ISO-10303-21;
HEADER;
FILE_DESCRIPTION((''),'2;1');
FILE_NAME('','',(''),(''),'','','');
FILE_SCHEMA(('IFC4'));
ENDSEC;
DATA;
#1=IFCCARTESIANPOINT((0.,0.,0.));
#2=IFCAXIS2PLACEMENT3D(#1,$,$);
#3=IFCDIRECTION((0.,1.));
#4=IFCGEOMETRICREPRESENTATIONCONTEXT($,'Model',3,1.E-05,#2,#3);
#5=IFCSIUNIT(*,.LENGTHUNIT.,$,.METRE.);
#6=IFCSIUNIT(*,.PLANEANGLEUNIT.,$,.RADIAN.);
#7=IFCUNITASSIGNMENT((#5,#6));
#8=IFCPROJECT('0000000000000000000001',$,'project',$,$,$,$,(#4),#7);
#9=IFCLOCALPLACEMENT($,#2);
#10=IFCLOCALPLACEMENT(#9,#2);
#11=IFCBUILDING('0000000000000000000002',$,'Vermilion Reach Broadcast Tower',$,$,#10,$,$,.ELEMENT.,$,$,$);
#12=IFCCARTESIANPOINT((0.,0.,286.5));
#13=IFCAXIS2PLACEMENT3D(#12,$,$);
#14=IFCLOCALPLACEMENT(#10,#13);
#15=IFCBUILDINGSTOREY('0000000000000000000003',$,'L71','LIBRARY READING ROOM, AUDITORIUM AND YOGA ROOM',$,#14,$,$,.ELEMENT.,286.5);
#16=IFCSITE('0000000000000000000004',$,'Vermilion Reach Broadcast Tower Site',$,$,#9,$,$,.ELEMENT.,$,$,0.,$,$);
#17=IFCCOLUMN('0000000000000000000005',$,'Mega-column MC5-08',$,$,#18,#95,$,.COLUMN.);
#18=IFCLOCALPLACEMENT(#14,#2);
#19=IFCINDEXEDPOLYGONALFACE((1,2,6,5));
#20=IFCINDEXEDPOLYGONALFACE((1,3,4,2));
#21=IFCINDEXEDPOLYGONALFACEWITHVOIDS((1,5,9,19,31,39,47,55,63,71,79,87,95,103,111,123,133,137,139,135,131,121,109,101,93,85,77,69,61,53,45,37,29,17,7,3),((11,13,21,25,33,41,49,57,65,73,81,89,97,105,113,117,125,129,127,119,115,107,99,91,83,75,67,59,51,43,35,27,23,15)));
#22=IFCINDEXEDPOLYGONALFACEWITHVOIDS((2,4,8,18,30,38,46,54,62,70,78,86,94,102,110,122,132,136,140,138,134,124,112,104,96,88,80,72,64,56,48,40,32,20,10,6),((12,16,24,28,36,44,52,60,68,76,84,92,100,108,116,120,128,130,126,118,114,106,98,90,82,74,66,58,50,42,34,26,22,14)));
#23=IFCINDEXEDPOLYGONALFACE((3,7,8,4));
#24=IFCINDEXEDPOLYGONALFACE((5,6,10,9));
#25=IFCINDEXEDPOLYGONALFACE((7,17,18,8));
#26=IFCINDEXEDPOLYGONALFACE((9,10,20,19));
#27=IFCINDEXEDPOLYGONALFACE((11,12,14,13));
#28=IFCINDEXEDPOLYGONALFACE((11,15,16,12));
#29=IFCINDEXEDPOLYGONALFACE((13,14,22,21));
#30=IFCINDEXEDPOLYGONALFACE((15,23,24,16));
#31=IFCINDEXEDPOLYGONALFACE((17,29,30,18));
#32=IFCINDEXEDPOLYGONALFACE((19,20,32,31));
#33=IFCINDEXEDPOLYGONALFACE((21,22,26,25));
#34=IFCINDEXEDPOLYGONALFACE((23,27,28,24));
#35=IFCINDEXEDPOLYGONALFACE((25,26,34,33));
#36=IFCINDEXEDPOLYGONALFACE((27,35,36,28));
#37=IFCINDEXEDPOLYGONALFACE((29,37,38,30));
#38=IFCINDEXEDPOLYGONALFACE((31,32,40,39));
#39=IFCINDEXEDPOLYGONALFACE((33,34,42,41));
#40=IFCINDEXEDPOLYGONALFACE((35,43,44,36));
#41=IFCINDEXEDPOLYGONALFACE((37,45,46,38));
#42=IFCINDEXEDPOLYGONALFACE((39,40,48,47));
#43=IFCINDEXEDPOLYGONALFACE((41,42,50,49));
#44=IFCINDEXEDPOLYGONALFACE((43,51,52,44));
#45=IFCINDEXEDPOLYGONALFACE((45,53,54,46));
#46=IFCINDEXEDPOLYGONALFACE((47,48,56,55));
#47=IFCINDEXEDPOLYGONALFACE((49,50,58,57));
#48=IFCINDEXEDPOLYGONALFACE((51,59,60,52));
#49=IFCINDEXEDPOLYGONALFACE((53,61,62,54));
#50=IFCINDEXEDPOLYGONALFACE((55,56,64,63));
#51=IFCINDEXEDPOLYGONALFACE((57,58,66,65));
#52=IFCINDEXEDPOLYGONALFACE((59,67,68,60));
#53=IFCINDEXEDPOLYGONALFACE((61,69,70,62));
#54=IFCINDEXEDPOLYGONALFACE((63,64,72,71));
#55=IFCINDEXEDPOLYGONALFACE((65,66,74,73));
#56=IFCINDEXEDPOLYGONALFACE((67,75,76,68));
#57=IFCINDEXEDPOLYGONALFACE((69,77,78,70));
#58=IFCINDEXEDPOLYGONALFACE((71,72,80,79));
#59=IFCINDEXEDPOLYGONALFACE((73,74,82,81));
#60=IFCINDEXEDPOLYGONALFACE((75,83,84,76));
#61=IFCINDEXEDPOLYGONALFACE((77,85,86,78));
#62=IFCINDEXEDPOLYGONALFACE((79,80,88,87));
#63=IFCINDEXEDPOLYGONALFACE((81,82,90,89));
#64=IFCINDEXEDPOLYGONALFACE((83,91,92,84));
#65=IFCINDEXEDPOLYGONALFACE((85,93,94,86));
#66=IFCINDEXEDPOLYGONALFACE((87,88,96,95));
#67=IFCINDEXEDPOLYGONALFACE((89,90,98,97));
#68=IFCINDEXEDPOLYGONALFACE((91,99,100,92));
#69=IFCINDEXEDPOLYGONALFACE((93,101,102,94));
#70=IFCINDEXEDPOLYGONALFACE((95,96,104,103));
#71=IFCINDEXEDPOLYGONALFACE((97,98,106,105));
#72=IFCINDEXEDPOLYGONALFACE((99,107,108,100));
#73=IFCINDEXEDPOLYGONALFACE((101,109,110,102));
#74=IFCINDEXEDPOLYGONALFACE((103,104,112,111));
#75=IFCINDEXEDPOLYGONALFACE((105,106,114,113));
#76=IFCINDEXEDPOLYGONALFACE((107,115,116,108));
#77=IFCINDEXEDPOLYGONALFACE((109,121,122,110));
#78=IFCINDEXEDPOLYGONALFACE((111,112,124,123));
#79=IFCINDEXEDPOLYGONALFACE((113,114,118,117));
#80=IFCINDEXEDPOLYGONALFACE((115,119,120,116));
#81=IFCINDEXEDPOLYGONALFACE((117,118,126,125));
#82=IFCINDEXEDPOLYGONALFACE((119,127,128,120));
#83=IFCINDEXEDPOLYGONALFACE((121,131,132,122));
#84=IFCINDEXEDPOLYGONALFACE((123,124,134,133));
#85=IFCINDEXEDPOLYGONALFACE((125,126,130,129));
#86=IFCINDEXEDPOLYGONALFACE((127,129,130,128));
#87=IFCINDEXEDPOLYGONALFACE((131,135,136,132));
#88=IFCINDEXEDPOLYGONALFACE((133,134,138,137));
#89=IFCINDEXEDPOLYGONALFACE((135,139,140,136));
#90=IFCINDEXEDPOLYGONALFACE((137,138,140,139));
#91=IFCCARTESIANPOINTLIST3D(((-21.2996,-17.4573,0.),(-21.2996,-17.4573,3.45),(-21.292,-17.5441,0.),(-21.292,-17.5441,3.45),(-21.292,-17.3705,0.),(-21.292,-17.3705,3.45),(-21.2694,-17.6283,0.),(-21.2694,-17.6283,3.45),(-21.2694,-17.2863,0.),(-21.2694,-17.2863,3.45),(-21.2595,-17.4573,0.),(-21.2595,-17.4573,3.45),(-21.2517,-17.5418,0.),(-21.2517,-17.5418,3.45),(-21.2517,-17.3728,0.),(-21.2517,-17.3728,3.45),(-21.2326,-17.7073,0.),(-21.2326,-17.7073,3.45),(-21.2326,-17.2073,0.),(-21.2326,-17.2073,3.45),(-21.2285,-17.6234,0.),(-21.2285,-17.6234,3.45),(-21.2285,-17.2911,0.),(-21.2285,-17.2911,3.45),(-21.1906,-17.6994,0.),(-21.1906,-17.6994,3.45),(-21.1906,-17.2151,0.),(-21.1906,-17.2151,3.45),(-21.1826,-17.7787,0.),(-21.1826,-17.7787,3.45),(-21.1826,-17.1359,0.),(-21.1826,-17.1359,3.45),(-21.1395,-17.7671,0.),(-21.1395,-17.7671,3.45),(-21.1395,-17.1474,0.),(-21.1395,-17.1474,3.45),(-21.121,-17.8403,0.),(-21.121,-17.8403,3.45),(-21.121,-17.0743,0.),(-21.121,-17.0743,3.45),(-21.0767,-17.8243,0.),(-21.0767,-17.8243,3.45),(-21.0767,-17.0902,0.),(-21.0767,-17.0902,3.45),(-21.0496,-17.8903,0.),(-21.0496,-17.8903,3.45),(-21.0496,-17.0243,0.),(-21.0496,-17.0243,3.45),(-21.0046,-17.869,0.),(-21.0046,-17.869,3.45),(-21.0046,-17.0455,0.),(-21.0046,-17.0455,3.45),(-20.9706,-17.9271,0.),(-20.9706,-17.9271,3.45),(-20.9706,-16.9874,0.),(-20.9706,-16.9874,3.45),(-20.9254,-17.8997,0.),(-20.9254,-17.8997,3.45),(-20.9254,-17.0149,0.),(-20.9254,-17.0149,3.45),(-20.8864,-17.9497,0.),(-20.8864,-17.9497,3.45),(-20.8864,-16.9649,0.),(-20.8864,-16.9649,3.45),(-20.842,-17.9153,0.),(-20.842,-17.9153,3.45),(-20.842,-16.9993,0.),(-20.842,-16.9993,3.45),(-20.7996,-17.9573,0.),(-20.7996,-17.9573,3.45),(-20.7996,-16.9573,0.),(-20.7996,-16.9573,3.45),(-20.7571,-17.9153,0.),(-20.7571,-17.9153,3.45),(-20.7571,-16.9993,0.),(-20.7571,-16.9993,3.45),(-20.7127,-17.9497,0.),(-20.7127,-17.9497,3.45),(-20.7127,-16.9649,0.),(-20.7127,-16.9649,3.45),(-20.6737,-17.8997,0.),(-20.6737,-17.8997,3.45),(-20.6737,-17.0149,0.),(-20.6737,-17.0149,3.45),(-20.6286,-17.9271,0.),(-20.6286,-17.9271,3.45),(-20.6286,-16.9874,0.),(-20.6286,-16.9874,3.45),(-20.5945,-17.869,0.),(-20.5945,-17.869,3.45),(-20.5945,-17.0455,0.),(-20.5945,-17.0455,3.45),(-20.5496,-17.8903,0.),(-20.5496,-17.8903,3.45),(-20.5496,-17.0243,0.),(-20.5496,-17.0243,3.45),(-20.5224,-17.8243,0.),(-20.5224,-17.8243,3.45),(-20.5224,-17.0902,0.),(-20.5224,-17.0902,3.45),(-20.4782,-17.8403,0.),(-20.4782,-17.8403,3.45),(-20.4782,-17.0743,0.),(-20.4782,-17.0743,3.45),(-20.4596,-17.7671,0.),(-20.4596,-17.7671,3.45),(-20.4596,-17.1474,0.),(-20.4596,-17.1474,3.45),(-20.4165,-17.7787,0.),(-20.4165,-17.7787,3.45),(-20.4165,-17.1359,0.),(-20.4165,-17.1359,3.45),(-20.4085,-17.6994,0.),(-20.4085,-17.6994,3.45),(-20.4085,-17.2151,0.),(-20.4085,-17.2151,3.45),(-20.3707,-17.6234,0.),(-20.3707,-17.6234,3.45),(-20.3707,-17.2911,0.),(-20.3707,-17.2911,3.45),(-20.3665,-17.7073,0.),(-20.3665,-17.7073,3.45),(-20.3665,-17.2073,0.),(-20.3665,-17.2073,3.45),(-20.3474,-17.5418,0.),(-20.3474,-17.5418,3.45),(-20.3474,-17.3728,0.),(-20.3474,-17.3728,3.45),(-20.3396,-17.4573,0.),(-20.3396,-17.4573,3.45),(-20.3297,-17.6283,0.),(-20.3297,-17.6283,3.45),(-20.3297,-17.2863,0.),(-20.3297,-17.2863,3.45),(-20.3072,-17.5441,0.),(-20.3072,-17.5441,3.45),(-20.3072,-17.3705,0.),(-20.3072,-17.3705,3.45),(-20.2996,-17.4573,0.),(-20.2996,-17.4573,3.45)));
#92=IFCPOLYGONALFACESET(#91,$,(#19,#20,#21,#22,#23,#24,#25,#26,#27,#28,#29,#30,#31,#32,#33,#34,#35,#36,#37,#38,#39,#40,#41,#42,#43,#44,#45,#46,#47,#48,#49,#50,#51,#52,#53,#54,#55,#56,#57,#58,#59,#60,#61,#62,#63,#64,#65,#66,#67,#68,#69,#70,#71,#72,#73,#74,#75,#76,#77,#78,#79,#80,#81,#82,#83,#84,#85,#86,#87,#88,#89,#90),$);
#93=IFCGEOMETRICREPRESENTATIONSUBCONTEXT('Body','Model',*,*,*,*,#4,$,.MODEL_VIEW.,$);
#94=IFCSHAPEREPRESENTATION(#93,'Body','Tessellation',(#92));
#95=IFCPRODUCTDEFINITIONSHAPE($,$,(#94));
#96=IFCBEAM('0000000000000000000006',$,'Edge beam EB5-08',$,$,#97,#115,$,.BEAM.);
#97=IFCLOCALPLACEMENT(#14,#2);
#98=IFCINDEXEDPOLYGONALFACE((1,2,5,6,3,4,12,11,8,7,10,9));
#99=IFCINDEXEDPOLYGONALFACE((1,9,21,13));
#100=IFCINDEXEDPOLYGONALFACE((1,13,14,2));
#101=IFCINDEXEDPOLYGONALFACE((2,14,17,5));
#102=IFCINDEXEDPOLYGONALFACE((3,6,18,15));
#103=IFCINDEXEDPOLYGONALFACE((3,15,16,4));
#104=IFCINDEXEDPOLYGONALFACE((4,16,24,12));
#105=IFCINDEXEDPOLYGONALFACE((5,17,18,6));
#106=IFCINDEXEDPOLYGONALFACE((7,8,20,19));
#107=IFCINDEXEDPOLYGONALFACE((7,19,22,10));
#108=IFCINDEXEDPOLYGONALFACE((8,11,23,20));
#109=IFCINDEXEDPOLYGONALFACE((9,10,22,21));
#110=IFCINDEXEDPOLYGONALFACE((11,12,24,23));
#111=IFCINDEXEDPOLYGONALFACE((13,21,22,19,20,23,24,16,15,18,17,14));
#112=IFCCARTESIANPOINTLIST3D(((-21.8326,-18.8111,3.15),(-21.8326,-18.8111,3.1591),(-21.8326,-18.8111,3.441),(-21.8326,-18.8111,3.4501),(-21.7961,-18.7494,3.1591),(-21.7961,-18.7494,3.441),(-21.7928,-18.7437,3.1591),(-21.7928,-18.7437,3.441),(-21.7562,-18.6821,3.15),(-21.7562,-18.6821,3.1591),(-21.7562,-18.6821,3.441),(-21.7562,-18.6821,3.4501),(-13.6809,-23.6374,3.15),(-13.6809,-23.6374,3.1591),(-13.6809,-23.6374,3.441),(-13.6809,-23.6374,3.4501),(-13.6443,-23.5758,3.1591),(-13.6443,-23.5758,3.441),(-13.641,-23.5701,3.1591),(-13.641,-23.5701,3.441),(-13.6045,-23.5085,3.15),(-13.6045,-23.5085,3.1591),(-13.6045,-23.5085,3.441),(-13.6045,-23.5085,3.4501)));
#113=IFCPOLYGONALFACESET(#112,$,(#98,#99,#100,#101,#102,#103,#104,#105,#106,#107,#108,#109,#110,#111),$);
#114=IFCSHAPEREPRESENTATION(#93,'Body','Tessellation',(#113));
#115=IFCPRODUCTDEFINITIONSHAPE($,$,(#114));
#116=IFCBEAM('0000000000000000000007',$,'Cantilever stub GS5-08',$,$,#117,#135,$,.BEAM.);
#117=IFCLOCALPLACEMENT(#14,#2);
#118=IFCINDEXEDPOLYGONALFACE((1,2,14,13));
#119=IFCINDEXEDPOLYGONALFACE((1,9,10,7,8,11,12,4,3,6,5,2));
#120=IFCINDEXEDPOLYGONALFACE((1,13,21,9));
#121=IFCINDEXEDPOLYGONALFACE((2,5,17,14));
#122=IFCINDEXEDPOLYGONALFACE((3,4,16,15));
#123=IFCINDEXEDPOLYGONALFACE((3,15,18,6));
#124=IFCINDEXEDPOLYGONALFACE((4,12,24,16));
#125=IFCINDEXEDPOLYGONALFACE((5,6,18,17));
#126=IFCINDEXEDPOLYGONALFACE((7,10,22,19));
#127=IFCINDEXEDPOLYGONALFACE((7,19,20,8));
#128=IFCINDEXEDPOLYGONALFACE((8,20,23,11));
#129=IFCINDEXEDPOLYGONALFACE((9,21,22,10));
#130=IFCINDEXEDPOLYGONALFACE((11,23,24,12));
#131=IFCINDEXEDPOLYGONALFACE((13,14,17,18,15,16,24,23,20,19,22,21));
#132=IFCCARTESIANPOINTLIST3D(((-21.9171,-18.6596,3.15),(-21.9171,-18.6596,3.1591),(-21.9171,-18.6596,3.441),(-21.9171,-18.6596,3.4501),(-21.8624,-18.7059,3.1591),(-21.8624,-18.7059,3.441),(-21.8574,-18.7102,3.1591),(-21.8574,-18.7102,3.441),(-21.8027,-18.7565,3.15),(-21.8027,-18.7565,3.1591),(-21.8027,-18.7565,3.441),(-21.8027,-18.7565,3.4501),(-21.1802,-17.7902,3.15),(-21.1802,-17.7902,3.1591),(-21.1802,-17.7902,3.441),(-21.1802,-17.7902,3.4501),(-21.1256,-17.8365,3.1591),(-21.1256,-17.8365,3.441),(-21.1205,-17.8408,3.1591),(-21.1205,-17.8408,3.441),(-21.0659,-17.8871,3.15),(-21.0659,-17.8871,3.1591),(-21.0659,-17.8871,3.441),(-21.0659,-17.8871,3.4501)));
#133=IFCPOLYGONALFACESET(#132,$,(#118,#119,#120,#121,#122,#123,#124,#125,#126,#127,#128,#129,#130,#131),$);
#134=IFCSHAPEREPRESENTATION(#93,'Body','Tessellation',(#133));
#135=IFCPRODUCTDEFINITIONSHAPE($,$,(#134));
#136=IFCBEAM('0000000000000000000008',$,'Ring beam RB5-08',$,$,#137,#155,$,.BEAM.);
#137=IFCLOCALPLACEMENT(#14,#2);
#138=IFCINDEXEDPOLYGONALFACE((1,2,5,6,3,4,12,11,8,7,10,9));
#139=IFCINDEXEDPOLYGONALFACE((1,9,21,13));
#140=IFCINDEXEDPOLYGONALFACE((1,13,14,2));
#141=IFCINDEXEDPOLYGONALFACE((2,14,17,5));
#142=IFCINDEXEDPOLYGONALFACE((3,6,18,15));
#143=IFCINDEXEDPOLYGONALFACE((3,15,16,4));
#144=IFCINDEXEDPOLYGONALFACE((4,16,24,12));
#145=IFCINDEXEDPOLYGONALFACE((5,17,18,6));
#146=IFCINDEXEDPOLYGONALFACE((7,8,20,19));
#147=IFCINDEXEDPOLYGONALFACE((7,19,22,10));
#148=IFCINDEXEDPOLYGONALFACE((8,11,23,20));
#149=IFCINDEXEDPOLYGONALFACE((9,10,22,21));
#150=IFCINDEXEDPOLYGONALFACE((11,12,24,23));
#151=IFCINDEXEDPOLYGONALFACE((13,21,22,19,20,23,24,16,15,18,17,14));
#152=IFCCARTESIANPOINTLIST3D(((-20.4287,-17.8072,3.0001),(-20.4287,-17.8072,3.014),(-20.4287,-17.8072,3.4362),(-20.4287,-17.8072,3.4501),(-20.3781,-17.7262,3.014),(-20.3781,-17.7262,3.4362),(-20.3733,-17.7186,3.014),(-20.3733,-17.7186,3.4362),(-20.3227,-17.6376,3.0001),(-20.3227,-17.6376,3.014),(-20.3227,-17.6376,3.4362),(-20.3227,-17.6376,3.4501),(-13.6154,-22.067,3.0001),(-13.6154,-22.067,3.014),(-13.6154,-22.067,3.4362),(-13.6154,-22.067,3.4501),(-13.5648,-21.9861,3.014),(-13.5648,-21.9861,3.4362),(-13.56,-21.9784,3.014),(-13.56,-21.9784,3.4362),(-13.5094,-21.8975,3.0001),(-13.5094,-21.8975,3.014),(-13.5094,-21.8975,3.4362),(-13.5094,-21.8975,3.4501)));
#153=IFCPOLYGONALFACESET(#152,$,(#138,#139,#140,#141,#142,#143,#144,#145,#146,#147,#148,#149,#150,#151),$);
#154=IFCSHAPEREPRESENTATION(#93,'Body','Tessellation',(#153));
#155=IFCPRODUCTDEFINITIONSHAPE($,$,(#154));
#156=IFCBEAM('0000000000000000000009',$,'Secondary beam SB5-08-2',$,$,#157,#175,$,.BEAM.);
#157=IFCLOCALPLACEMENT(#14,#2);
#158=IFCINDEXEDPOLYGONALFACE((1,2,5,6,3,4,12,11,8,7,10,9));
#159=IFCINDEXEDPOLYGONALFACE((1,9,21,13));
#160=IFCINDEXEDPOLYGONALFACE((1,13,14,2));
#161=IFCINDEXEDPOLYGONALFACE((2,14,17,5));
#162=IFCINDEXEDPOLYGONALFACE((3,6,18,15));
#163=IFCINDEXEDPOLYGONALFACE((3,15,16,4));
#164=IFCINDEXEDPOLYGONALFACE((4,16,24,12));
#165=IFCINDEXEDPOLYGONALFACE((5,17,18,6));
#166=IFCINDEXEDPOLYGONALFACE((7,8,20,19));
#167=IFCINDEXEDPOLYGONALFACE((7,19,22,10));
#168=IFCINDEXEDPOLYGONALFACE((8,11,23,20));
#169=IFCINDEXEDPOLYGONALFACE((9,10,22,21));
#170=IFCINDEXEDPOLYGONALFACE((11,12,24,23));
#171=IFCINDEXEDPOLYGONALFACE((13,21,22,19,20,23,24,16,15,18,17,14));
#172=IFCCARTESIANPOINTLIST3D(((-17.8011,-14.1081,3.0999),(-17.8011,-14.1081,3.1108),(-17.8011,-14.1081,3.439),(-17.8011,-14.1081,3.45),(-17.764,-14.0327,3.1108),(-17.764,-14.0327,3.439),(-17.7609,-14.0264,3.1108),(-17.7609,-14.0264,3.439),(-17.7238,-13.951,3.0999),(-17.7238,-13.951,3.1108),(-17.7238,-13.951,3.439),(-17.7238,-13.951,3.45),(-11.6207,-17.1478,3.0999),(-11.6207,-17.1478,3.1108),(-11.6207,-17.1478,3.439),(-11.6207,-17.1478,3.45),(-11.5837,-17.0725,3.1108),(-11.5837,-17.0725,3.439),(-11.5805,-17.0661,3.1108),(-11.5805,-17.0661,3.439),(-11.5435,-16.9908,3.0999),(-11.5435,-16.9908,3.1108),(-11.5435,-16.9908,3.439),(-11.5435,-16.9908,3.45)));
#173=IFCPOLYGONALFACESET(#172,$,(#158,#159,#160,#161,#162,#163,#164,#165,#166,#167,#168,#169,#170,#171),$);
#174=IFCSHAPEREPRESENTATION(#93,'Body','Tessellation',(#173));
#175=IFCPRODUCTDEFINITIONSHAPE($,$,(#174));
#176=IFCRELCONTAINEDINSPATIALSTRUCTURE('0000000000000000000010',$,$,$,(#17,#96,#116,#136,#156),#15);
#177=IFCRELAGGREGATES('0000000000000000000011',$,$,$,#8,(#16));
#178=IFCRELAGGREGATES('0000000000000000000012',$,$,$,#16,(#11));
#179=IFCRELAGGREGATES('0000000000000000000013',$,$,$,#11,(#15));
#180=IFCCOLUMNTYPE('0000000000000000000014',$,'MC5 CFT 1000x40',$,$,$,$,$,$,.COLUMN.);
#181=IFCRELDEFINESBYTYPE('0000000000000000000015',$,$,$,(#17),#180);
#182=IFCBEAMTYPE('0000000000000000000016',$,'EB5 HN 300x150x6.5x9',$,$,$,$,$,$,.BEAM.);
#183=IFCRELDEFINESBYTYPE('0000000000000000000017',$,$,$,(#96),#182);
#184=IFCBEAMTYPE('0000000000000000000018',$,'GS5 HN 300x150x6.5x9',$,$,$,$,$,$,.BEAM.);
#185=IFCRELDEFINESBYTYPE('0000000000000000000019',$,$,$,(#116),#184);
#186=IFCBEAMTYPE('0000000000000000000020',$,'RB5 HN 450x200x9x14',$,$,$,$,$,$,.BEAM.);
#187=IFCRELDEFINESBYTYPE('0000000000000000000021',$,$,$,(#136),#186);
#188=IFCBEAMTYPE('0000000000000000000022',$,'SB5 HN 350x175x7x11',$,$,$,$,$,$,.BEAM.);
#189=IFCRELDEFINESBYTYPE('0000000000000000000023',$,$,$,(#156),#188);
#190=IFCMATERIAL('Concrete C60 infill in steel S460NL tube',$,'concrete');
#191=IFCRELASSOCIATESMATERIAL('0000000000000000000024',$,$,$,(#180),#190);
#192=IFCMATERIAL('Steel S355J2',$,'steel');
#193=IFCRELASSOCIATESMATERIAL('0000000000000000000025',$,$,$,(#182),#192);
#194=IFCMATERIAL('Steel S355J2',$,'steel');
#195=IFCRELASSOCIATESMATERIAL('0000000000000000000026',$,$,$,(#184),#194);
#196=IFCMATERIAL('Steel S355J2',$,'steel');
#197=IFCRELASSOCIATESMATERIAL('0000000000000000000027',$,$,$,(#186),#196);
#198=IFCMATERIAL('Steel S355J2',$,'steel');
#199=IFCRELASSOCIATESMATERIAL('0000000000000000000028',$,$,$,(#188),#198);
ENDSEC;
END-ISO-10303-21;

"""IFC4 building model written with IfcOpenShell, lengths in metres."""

from ifc_helpers import new_model, si_unit, direction, frame, origin, origin_2d, place, context, subcontext, project, spatial, hollow_circle, i_section, extrude, material, material_profile, profile_set, type_object, element, save


model = new_model("IFC4")

# Units and contexts
model_context = context("Model", 3, precision=1e-05, world=origin(), true_north=direction((0.0, 1.0)))
body_context = subcontext(model_context, "Body", "Model", "MODEL_VIEW")
ifc_project = project(units=[si_unit("LENGTHUNIT", "METRE"), si_unit("PLANEANGLEUNIT", "RADIAN")], contexts=[model_context])

# Site, building, storey
site_placement = place(None, origin())
site = spatial("IfcSite", under=ifc_project, at=site_placement, Name="Vermilion Reach Broadcast Tower Site", CompositionType="ELEMENT", RefElevation=0.0)
building_placement = place(site_placement, origin())
building = spatial("IfcBuilding", under=site, at=building_placement, Name="Vermilion Reach Broadcast Tower", CompositionType="ELEMENT")
storey_placement = place(building_placement, frame((0.0, 0.0, 286.5)))
storey = spatial("IfcBuildingStorey", under=building, at=storey_placement, Name="L71", Description="LIBRARY READING ROOM, AUDITORIUM AND YOGA ROOM", CompositionType="ELEMENT", Elevation=286.5)

# Column
ifc_material_1 = material(Name="Concrete C60 infill in steel S460NL tube", Category="concrete")
ifc_material_profile_1 = material_profile(ifc_material_1, hollow_circle(Radius=0.5, WallThickness=0.04, at=origin_2d()), Name="Concrete C60 infill in steel S460NL tube CFT 1000x40")
ifc_profile_set_1 = profile_set([ifc_material_profile_1], Name="Concrete C60 infill in steel S460NL tube")
column_type = type_object("IfcColumnType", Name="MC5 CFT 1000x40", PredefinedType="COLUMN", material=ifc_profile_set_1)
column_placement = place(storey_placement, frame((-20.7996, -17.4573, 0.0), z_axis=(0.0, 0.0, 1.0), x_axis=(1.0, 0.0, 0.0)))
element("IfcColumn", 1, at=column_placement, inside=storey, type_object=column_type, Name="Mega-column MC5-08", PredefinedType="COLUMN", context=body_context, shape_type="SweptSolid", body=[
    extrude(hollow_circle(Radius=0.5, WallThickness=0.04, at=origin_2d()), origin(), (0.0, 0.0, 1.0), 3.45),
])

# Beams
ifc_material_2 = material(Name="Steel S355J2", Category="steel")
ifc_material_profile_2 = material_profile(ifc_material_2, i_section(OverallWidth=0.1499, OverallDepth=0.3, WebThickness=0.0066, FlangeThickness=0.009, at=origin_2d()), Name="S355J2 HN 300x150x6.5x9")
ifc_profile_set_2 = profile_set([ifc_material_profile_2], Name="Steel S355J2")
beam_type_1 = type_object("IfcBeamType", Name="EB5 HN 300x150x6.5x9", PredefinedType="BEAM", material=ifc_profile_set_2)
beam_1_placement = place(storey_placement, frame((-21.7944, -18.7466, 3.3), z_axis=(0.860491, -0.509465, 0.0), x_axis=(0.509465, 0.860491, 0.0)))
element("IfcBeam", 2, at=beam_1_placement, inside=storey, type_object=beam_type_1, Name="Edge beam EB5-08", PredefinedType="BEAM", context=body_context, shape_type="SweptSolid", body=[
    extrude(i_section(OverallWidth=0.1499, OverallDepth=0.3, WebThickness=0.0066, FlangeThickness=0.009, at=origin_2d()), origin(), (0.0, 0.0, 1.0), 9.4734),
])
ifc_material_3 = material(Name="Steel S355J2", Category="steel")
ifc_material_profile_3 = material_profile(ifc_material_3, i_section(OverallWidth=0.1499, OverallDepth=0.3, WebThickness=0.0066, FlangeThickness=0.009, at=origin_2d()), Name="S355J2 HN 300x150x6.5x9")
ifc_profile_set_3 = profile_set([ifc_material_profile_3], Name="Steel S355J2")
beam_type_2 = type_object("IfcBeamType", Name="GS5 HN 300x150x6.5x9", PredefinedType="BEAM", material=ifc_profile_set_3)
beam_2_placement = place(storey_placement, frame((-21.123, -17.8386, 3.3), z_axis=(-0.646547, -0.762874, 0.0), x_axis=(0.762874, -0.646547, 0.0)))
element("IfcBeam", 3, at=beam_2_placement, inside=storey, type_object=beam_type_2, Name="Cantilever stub GS5-08", PredefinedType="BEAM", context=body_context, shape_type="SweptSolid", body=[
    extrude(i_section(OverallWidth=0.1499, OverallDepth=0.3, WebThickness=0.0066, FlangeThickness=0.009, at=origin_2d()), origin(), (0.0, 0.0, 1.0), 1.1396),
])
ifc_material_4 = material(Name="Steel S355J2", Category="steel")
ifc_material_profile_4 = material_profile(ifc_material_4, i_section(OverallWidth=0.2, OverallDepth=0.45, WebThickness=0.009, FlangeThickness=0.0139, at=origin_2d()), Name="S355J2 HN 450x200x9x14")
ifc_profile_set_4 = profile_set([ifc_material_profile_4], Name="Steel S355J2")
beam_type_3 = type_object("IfcBeamType", Name="RB5 HN 450x200x9x14", PredefinedType="BEAM", material=ifc_profile_set_4)
beam_3_placement = place(storey_placement, frame((-20.3757, -17.7224, 3.2251), z_axis=(0.847915, -0.530133, 0.0), x_axis=(0.530133, 0.847915, 0.0)))
element("IfcBeam", 4, at=beam_3_placement, inside=storey, type_object=beam_type_3, Name="Ring beam RB5-08", PredefinedType="BEAM", context=body_context, shape_type="SweptSolid", body=[
    extrude(i_section(OverallWidth=0.2, OverallDepth=0.45, WebThickness=0.009, FlangeThickness=0.0139, at=origin_2d()), origin(), (0.0, 0.0, 1.0), 8.0354),
])
ifc_material_5 = material(Name="Steel S355J2", Category="steel")
ifc_material_profile_5 = material_profile(ifc_material_5, i_section(OverallWidth=0.175, OverallDepth=0.3501, WebThickness=0.0071, FlangeThickness=0.011, at=origin_2d()), Name="S355J2 HN 350x175x7x11")
ifc_profile_set_5 = profile_set([ifc_material_profile_5], Name="Steel S355J2")
beam_type_4 = type_object("IfcBeamType", Name="SB5 HN 350x175x7x11", PredefinedType="BEAM", material=ifc_profile_set_5)
beam_4_placement = place(storey_placement, frame((-17.7625, -14.0295, 3.2749), z_axis=(0.897336, -0.441348, 0.0), x_axis=(0.441348, 0.897336, 0.0)))
element("IfcBeam", 5, at=beam_4_placement, inside=storey, type_object=beam_type_4, Name="Secondary beam SB5-08-2", PredefinedType="BEAM", context=body_context, shape_type="SweptSolid", body=[
    extrude(i_section(OverallWidth=0.175, OverallDepth=0.3501, WebThickness=0.0071, FlangeThickness=0.011, at=origin_2d()), origin(), (0.0, 0.0, 1.0), 6.8875),
])

save(model, "model.ifc")
